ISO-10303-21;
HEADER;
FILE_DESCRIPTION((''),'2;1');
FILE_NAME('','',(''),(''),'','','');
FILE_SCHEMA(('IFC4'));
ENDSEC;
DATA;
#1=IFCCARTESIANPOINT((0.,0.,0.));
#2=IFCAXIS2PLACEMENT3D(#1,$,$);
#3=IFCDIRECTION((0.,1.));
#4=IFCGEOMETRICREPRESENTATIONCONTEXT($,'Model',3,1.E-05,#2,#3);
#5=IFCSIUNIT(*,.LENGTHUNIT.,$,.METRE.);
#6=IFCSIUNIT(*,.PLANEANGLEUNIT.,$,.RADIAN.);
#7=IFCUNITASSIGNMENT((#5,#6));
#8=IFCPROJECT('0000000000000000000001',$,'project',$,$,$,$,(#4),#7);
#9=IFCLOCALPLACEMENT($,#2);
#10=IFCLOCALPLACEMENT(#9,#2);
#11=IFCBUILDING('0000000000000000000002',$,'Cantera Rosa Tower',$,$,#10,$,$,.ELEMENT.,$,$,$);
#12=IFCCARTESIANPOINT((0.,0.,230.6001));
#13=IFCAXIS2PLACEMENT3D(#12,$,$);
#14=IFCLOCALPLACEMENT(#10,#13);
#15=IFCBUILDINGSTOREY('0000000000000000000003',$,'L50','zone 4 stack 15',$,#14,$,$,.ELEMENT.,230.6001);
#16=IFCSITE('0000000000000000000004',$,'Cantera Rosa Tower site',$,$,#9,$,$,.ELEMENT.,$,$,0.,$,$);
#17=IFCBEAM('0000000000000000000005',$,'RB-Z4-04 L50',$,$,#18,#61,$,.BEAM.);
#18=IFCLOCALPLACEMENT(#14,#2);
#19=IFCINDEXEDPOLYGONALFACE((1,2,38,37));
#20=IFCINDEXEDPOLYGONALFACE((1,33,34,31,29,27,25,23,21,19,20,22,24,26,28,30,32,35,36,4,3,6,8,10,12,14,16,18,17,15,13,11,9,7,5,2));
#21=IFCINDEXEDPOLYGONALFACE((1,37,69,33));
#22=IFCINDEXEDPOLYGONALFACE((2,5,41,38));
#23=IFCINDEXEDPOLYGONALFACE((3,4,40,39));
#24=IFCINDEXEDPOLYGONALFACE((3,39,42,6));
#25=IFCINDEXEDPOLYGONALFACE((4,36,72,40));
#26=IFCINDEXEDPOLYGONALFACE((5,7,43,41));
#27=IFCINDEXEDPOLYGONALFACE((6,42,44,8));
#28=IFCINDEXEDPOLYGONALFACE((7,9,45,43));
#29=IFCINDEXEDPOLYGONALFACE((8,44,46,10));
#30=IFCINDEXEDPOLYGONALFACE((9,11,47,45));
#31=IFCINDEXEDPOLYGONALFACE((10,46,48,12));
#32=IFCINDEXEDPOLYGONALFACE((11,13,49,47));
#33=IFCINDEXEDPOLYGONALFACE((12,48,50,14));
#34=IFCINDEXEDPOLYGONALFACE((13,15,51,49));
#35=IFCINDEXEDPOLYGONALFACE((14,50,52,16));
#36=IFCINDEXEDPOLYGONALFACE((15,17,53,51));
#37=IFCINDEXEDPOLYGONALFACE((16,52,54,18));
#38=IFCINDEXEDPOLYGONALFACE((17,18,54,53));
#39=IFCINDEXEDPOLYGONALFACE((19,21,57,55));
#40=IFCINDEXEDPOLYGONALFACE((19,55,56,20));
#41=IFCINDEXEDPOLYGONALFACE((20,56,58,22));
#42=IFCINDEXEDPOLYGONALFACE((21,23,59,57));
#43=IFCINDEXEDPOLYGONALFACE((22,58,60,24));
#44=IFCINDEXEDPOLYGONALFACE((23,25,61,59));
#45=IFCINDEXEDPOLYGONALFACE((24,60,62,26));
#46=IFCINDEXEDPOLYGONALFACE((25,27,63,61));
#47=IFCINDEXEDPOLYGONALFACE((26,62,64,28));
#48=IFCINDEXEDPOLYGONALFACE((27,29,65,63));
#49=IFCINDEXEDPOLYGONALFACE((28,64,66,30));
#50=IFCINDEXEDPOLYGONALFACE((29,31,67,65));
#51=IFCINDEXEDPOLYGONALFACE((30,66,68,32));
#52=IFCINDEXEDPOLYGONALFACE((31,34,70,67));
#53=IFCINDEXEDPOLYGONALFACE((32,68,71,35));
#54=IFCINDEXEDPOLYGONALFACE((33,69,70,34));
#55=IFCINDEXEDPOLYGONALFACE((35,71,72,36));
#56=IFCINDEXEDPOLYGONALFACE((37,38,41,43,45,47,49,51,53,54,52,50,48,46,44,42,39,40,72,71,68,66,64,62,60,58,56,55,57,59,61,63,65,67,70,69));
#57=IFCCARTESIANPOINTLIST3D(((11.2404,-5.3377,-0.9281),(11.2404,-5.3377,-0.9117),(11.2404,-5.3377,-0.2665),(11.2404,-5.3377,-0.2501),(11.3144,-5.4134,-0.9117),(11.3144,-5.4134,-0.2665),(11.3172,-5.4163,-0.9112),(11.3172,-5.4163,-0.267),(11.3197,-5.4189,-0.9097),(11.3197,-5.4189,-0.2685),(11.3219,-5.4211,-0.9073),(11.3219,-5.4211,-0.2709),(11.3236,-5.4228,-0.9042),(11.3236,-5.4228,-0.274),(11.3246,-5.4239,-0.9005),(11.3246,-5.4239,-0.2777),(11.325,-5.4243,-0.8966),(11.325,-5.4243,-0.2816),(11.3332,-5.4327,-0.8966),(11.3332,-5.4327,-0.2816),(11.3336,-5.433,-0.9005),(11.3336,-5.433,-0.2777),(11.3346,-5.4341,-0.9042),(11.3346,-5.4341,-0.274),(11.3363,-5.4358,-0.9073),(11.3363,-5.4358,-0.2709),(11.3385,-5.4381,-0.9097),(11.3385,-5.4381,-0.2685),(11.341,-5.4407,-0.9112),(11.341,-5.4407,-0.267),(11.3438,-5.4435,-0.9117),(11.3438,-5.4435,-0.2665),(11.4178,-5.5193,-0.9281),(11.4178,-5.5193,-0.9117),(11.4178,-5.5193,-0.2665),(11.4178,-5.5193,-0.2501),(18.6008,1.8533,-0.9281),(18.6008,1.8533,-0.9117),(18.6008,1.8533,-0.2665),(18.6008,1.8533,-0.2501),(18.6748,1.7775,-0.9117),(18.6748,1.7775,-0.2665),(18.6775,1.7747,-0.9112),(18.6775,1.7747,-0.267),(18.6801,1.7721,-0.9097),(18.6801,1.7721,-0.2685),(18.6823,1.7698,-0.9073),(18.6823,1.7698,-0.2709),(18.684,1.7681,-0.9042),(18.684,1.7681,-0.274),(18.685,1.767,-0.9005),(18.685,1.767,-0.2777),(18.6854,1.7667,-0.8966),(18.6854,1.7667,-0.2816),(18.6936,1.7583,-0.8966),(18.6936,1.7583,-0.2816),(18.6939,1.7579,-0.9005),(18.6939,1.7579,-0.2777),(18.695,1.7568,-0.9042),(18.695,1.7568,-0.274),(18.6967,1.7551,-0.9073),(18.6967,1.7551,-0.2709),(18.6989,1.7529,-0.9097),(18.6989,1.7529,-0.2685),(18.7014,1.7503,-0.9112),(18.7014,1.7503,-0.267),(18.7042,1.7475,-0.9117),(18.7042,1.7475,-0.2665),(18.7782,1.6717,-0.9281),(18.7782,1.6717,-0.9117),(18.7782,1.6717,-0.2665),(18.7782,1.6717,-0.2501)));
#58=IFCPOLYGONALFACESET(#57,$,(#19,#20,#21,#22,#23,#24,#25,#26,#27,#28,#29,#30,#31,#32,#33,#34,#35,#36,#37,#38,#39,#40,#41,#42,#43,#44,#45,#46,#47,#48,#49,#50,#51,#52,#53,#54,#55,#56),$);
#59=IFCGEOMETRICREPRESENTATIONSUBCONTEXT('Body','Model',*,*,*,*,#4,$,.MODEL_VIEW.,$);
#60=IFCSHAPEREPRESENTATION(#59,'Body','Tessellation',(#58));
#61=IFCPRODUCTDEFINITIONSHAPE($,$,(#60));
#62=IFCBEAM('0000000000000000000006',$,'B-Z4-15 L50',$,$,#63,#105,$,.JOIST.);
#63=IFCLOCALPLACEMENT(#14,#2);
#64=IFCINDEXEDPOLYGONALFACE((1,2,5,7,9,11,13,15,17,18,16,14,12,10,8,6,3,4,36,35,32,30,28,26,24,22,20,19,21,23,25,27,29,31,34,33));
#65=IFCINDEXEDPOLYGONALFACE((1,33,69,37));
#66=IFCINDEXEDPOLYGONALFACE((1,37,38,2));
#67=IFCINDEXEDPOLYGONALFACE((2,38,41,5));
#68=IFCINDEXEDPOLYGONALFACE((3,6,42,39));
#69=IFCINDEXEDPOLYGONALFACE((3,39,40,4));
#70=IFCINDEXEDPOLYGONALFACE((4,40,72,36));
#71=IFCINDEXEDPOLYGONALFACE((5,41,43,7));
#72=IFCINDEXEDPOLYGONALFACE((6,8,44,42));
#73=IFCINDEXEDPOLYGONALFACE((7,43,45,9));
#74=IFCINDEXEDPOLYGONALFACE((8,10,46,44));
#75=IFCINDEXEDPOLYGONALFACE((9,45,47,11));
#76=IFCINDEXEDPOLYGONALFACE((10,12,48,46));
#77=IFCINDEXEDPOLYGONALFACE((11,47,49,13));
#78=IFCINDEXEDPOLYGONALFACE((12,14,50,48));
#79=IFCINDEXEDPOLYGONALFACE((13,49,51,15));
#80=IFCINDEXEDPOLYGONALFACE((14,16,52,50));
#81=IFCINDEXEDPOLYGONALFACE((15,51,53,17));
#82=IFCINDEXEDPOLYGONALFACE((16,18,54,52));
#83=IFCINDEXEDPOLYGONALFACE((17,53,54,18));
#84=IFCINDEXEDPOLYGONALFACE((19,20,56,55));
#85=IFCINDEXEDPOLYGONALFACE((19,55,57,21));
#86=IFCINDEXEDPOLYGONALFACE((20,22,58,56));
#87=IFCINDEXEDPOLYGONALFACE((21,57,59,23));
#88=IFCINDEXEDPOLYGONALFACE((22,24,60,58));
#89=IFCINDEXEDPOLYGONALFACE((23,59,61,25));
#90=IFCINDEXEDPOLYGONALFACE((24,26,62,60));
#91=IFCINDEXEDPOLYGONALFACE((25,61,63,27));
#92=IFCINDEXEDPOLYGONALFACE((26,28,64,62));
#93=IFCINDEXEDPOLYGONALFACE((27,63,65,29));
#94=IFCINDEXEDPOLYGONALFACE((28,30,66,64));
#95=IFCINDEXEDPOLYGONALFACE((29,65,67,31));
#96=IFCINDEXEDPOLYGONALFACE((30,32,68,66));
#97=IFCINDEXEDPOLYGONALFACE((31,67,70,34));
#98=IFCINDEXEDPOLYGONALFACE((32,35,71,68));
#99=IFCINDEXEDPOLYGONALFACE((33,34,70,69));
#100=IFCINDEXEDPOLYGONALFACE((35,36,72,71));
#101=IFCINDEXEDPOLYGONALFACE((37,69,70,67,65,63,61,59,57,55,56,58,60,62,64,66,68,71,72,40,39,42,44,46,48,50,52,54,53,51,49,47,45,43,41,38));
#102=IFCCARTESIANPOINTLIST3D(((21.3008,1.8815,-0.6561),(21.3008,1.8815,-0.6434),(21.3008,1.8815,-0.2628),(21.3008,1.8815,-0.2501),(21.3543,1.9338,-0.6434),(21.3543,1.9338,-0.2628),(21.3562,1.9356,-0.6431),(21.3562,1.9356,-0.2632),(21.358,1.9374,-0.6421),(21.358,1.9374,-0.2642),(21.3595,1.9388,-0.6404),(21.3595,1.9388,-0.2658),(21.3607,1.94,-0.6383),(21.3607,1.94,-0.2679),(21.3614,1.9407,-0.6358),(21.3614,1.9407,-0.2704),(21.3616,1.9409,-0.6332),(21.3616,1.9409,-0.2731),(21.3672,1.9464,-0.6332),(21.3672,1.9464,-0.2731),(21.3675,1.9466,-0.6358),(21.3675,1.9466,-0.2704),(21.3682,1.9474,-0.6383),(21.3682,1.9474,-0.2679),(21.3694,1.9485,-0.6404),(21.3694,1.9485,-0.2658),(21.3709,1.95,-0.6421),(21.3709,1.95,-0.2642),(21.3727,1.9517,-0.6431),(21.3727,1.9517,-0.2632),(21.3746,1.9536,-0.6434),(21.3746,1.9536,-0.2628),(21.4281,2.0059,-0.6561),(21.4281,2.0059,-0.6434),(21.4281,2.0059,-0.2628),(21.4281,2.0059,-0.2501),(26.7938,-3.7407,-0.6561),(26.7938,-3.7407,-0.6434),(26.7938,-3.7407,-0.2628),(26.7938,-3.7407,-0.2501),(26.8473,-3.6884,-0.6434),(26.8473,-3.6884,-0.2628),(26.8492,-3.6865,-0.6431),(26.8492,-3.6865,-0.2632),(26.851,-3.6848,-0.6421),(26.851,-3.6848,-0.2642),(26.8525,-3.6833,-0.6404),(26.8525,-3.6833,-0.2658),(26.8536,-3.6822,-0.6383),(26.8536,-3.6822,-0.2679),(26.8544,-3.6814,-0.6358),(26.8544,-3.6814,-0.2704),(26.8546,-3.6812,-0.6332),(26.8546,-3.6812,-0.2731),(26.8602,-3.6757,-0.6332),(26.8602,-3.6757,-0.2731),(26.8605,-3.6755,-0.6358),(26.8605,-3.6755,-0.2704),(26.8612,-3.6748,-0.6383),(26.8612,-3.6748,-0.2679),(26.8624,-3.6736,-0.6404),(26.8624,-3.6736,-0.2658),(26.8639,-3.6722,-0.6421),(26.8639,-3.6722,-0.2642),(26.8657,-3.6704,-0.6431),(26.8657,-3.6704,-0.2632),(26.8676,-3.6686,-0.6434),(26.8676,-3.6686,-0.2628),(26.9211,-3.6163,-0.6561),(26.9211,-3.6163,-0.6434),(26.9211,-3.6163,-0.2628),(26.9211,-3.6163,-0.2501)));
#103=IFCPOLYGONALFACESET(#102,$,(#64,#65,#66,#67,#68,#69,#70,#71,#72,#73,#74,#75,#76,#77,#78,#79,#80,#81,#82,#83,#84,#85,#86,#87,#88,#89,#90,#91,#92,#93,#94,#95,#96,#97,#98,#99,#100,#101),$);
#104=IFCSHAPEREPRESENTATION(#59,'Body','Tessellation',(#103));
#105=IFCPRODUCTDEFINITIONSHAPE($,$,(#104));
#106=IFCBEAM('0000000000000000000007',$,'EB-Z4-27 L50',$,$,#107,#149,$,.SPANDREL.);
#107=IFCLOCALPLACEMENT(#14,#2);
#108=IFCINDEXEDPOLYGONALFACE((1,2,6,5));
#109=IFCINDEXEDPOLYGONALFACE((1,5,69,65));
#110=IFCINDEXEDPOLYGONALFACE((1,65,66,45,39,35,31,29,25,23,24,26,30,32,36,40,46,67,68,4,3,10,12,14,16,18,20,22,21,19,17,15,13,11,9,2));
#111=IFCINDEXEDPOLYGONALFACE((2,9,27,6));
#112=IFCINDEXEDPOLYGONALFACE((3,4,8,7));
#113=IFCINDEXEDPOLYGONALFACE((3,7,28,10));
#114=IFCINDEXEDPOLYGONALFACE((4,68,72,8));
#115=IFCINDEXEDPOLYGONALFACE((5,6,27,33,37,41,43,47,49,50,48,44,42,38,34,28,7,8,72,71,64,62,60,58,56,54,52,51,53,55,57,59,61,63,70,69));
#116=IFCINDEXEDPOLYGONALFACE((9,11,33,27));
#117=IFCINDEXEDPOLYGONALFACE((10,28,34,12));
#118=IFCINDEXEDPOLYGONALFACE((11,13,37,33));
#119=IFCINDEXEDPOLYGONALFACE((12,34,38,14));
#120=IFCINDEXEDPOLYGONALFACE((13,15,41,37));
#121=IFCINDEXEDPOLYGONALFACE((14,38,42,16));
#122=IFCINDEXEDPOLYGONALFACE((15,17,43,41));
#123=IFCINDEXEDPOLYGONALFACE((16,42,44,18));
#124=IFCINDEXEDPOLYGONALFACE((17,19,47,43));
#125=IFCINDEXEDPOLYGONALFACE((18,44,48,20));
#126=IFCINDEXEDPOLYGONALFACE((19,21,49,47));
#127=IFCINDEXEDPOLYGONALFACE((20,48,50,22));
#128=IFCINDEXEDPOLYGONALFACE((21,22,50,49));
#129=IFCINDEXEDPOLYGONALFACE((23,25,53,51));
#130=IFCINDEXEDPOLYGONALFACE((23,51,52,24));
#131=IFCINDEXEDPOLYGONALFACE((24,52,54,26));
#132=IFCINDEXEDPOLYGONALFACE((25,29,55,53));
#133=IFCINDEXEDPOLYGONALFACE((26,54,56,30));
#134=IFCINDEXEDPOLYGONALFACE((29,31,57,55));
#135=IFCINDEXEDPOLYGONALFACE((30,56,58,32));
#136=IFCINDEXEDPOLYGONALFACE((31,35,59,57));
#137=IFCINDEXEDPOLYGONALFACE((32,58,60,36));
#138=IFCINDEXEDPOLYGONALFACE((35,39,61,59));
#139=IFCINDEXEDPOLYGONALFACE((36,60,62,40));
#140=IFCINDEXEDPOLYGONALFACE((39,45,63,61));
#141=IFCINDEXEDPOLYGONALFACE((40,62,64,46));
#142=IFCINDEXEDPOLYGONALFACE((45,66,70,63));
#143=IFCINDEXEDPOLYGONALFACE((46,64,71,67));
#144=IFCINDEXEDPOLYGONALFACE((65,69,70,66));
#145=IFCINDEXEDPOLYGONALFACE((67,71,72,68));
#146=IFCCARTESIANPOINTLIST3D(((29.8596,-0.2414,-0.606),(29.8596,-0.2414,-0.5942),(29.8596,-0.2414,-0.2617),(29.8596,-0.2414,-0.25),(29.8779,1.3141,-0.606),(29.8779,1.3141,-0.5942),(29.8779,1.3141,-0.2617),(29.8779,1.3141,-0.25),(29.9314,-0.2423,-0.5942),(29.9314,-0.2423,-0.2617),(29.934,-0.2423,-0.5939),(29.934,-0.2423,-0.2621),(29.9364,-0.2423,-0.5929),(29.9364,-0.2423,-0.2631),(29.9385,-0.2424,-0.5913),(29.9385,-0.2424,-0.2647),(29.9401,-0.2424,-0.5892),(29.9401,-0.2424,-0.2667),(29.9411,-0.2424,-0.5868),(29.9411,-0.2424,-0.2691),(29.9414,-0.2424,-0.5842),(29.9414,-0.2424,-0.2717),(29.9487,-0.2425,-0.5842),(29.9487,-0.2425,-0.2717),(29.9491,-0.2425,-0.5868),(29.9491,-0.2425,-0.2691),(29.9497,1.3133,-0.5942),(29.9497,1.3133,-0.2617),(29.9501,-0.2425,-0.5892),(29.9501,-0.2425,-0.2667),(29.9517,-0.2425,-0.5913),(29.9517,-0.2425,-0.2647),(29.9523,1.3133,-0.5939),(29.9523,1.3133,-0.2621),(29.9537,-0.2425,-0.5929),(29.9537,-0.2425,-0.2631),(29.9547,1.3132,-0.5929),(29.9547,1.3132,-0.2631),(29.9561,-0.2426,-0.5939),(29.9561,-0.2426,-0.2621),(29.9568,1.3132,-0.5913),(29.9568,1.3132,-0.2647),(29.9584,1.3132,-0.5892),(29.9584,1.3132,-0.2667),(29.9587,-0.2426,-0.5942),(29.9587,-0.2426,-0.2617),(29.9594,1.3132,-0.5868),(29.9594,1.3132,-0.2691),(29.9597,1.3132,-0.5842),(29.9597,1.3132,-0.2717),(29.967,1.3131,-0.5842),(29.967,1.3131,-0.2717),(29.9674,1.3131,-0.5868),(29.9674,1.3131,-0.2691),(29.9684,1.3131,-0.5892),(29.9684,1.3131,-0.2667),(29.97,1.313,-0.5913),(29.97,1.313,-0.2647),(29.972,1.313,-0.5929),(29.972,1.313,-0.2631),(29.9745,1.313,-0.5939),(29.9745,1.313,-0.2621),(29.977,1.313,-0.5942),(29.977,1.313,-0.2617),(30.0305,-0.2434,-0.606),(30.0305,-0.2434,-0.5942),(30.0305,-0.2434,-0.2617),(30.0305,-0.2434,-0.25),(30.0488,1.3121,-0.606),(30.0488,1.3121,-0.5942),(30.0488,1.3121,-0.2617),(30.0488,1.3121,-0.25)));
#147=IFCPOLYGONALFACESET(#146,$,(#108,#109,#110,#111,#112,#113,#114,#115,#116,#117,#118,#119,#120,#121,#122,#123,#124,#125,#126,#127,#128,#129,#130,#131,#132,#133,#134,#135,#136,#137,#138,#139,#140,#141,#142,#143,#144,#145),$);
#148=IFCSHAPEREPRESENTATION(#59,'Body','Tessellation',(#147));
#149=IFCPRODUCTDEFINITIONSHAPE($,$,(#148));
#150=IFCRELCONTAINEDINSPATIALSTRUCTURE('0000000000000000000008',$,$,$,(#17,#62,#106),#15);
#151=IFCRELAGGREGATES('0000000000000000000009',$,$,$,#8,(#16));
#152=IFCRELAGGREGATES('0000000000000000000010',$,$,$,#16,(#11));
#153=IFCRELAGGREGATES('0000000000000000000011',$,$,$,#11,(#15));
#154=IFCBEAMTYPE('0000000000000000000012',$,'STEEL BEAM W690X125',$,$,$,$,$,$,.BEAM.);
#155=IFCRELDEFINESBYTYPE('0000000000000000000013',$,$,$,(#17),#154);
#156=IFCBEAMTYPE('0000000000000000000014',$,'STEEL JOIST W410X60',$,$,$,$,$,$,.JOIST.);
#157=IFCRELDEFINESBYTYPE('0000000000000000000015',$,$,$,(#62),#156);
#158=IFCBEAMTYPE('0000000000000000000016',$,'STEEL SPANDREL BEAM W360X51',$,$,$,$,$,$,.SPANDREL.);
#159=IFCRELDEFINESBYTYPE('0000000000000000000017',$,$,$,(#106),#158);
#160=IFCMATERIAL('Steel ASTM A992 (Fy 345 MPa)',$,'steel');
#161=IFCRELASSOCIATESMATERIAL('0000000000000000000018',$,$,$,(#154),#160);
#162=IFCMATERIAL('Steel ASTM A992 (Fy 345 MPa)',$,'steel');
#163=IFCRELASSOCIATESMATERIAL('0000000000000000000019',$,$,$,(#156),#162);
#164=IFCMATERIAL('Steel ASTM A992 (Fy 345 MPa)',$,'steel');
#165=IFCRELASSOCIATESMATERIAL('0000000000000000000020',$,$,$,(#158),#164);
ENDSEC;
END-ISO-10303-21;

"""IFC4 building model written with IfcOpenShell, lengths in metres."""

from ifc_helpers import new_model, si_unit, direction, frame, origin, origin_2d, place, context, subcontext, project, spatial, i_section, extrude, material, material_profile, profile_set, type_object, element, save


model = new_model("IFC4")

# Units and contexts
model_context = context("Model", 3, precision=1e-05, world=origin(), true_north=direction((0.0, 1.0)))
body_context = subcontext(model_context, "Body", "Model", "MODEL_VIEW")
ifc_project = project(units=[si_unit("LENGTHUNIT", "METRE"), si_unit("PLANEANGLEUNIT", "RADIAN")], contexts=[model_context])

# Site, building, storey
site_placement = place(None, origin())
site = spatial("IfcSite", under=ifc_project, at=site_placement, Name="Cantera Rosa Tower site", CompositionType="ELEMENT", RefElevation=0.0)
building_placement = place(site_placement, origin())
building = spatial("IfcBuilding", under=site, at=building_placement, Name="Cantera Rosa Tower", CompositionType="ELEMENT")
storey_placement = place(building_placement, frame((0.0, 0.0, 230.6001)))
storey = spatial("IfcBuildingStorey", under=building, at=storey_placement, Name="L50", Description="zone 4 stack 15", CompositionType="ELEMENT", Elevation=230.6001)

# Beams
ifc_material_1 = material(Name="Steel ASTM A992 (Fy 345 MPa)", Category="steel")
ifc_material_profile_1 = material_profile(ifc_material_1, i_section(OverallWidth=0.2539, OverallDepth=0.678, WebThickness=0.0117, FlangeThickness=0.0164, FilletRadius=0.0151, at=origin_2d()), Name="W690X125")
ifc_profile_set_1 = profile_set([ifc_material_profile_1], Name="Steel ASTM A992 (Fy 345 MPa)")
beam_type_1 = type_object("IfcBeamType", Name="STEEL BEAM W690X125", PredefinedType="BEAM", material=ifc_profile_set_1)
beam_1_placement = place(storey_placement, frame((11.3291, -5.4285, -0.5891), z_axis=(0.715292, 0.698826, 0.0), x_axis=(-0.698826, 0.715292, 0.0)))
element("IfcBeam", 1, at=beam_1_placement, inside=storey, type_object=beam_type_1, Name="RB-Z4-04 L50", PredefinedType="BEAM", context=body_context, shape_type="SweptSolid", body=[
    extrude(i_section(OverallWidth=0.2539, OverallDepth=0.678, WebThickness=0.0117, FlangeThickness=0.0164, FilletRadius=0.0151, at=origin_2d()), origin(), (0.0, 0.0, 1.0), 10.29),
])
ifc_material_2 = material(Name="Steel ASTM A992 (Fy 345 MPa)", Category="steel")
ifc_material_profile_2 = material_profile(ifc_material_2, i_section(OverallWidth=0.178, OverallDepth=0.406, WebThickness=0.0078, FlangeThickness=0.0127, FilletRadius=0.0103, at=origin_2d()), Name="W410X60")
ifc_profile_set_2 = profile_set([ifc_material_profile_2], Name="Steel ASTM A992 (Fy 345 MPa)")
beam_type_2 = type_object("IfcBeamType", Name="STEEL JOIST W410X60", PredefinedType="JOIST", material=ifc_profile_set_2)
beam_2_placement = place(storey_placement, frame((26.8574, -3.6785, -0.4531), z_axis=(-0.698843, 0.715275, 0.0), x_axis=(-0.715275, -0.698843, 0.0)))
element("IfcBeam", 2, at=beam_2_placement, inside=storey, type_object=beam_type_2, Name="B-Z4-15 L50", PredefinedType="JOIST", context=body_context, shape_type="SweptSolid", body=[
    extrude(i_section(OverallWidth=0.178, OverallDepth=0.406, WebThickness=0.0078, FlangeThickness=0.0127, FilletRadius=0.0103, at=origin_2d()), origin(), (0.0, 0.0, 1.0), 7.8601),
])
ifc_material_3 = material(Name="Steel ASTM A992 (Fy 345 MPa)", Category="steel")
ifc_material_profile_3 = material_profile(ifc_material_3, i_section(OverallWidth=0.1709, OverallDepth=0.356, WebThickness=0.0073, FlangeThickness=0.0117, FilletRadius=0.01, at=origin_2d()), Name="W360X51")
ifc_profile_set_3 = profile_set([ifc_material_profile_3], Name="Steel ASTM A992 (Fy 345 MPa)")
beam_type_3 = type_object("IfcBeamType", Name="STEEL SPANDREL BEAM W360X51", PredefinedType="SPANDREL", material=ifc_profile_set_3)
beam_3_placement = place(storey_placement, frame((29.9451, -0.2424, -0.428), z_axis=(0.011769, 0.999931, 0.0), x_axis=(-0.999931, 0.011769, 0.0)))
element("IfcBeam", 3, at=beam_3_placement, inside=storey, type_object=beam_type_3, Name="EB-Z4-27 L50", PredefinedType="SPANDREL", context=body_context, shape_type="SweptSolid", body=[
    extrude(i_section(OverallWidth=0.1709, OverallDepth=0.356, WebThickness=0.0073, FlangeThickness=0.0117, FilletRadius=0.01, at=origin_2d()), origin(), (0.0, 0.0, 1.0), 1.5557),
])

save(model, "model.ifc")
